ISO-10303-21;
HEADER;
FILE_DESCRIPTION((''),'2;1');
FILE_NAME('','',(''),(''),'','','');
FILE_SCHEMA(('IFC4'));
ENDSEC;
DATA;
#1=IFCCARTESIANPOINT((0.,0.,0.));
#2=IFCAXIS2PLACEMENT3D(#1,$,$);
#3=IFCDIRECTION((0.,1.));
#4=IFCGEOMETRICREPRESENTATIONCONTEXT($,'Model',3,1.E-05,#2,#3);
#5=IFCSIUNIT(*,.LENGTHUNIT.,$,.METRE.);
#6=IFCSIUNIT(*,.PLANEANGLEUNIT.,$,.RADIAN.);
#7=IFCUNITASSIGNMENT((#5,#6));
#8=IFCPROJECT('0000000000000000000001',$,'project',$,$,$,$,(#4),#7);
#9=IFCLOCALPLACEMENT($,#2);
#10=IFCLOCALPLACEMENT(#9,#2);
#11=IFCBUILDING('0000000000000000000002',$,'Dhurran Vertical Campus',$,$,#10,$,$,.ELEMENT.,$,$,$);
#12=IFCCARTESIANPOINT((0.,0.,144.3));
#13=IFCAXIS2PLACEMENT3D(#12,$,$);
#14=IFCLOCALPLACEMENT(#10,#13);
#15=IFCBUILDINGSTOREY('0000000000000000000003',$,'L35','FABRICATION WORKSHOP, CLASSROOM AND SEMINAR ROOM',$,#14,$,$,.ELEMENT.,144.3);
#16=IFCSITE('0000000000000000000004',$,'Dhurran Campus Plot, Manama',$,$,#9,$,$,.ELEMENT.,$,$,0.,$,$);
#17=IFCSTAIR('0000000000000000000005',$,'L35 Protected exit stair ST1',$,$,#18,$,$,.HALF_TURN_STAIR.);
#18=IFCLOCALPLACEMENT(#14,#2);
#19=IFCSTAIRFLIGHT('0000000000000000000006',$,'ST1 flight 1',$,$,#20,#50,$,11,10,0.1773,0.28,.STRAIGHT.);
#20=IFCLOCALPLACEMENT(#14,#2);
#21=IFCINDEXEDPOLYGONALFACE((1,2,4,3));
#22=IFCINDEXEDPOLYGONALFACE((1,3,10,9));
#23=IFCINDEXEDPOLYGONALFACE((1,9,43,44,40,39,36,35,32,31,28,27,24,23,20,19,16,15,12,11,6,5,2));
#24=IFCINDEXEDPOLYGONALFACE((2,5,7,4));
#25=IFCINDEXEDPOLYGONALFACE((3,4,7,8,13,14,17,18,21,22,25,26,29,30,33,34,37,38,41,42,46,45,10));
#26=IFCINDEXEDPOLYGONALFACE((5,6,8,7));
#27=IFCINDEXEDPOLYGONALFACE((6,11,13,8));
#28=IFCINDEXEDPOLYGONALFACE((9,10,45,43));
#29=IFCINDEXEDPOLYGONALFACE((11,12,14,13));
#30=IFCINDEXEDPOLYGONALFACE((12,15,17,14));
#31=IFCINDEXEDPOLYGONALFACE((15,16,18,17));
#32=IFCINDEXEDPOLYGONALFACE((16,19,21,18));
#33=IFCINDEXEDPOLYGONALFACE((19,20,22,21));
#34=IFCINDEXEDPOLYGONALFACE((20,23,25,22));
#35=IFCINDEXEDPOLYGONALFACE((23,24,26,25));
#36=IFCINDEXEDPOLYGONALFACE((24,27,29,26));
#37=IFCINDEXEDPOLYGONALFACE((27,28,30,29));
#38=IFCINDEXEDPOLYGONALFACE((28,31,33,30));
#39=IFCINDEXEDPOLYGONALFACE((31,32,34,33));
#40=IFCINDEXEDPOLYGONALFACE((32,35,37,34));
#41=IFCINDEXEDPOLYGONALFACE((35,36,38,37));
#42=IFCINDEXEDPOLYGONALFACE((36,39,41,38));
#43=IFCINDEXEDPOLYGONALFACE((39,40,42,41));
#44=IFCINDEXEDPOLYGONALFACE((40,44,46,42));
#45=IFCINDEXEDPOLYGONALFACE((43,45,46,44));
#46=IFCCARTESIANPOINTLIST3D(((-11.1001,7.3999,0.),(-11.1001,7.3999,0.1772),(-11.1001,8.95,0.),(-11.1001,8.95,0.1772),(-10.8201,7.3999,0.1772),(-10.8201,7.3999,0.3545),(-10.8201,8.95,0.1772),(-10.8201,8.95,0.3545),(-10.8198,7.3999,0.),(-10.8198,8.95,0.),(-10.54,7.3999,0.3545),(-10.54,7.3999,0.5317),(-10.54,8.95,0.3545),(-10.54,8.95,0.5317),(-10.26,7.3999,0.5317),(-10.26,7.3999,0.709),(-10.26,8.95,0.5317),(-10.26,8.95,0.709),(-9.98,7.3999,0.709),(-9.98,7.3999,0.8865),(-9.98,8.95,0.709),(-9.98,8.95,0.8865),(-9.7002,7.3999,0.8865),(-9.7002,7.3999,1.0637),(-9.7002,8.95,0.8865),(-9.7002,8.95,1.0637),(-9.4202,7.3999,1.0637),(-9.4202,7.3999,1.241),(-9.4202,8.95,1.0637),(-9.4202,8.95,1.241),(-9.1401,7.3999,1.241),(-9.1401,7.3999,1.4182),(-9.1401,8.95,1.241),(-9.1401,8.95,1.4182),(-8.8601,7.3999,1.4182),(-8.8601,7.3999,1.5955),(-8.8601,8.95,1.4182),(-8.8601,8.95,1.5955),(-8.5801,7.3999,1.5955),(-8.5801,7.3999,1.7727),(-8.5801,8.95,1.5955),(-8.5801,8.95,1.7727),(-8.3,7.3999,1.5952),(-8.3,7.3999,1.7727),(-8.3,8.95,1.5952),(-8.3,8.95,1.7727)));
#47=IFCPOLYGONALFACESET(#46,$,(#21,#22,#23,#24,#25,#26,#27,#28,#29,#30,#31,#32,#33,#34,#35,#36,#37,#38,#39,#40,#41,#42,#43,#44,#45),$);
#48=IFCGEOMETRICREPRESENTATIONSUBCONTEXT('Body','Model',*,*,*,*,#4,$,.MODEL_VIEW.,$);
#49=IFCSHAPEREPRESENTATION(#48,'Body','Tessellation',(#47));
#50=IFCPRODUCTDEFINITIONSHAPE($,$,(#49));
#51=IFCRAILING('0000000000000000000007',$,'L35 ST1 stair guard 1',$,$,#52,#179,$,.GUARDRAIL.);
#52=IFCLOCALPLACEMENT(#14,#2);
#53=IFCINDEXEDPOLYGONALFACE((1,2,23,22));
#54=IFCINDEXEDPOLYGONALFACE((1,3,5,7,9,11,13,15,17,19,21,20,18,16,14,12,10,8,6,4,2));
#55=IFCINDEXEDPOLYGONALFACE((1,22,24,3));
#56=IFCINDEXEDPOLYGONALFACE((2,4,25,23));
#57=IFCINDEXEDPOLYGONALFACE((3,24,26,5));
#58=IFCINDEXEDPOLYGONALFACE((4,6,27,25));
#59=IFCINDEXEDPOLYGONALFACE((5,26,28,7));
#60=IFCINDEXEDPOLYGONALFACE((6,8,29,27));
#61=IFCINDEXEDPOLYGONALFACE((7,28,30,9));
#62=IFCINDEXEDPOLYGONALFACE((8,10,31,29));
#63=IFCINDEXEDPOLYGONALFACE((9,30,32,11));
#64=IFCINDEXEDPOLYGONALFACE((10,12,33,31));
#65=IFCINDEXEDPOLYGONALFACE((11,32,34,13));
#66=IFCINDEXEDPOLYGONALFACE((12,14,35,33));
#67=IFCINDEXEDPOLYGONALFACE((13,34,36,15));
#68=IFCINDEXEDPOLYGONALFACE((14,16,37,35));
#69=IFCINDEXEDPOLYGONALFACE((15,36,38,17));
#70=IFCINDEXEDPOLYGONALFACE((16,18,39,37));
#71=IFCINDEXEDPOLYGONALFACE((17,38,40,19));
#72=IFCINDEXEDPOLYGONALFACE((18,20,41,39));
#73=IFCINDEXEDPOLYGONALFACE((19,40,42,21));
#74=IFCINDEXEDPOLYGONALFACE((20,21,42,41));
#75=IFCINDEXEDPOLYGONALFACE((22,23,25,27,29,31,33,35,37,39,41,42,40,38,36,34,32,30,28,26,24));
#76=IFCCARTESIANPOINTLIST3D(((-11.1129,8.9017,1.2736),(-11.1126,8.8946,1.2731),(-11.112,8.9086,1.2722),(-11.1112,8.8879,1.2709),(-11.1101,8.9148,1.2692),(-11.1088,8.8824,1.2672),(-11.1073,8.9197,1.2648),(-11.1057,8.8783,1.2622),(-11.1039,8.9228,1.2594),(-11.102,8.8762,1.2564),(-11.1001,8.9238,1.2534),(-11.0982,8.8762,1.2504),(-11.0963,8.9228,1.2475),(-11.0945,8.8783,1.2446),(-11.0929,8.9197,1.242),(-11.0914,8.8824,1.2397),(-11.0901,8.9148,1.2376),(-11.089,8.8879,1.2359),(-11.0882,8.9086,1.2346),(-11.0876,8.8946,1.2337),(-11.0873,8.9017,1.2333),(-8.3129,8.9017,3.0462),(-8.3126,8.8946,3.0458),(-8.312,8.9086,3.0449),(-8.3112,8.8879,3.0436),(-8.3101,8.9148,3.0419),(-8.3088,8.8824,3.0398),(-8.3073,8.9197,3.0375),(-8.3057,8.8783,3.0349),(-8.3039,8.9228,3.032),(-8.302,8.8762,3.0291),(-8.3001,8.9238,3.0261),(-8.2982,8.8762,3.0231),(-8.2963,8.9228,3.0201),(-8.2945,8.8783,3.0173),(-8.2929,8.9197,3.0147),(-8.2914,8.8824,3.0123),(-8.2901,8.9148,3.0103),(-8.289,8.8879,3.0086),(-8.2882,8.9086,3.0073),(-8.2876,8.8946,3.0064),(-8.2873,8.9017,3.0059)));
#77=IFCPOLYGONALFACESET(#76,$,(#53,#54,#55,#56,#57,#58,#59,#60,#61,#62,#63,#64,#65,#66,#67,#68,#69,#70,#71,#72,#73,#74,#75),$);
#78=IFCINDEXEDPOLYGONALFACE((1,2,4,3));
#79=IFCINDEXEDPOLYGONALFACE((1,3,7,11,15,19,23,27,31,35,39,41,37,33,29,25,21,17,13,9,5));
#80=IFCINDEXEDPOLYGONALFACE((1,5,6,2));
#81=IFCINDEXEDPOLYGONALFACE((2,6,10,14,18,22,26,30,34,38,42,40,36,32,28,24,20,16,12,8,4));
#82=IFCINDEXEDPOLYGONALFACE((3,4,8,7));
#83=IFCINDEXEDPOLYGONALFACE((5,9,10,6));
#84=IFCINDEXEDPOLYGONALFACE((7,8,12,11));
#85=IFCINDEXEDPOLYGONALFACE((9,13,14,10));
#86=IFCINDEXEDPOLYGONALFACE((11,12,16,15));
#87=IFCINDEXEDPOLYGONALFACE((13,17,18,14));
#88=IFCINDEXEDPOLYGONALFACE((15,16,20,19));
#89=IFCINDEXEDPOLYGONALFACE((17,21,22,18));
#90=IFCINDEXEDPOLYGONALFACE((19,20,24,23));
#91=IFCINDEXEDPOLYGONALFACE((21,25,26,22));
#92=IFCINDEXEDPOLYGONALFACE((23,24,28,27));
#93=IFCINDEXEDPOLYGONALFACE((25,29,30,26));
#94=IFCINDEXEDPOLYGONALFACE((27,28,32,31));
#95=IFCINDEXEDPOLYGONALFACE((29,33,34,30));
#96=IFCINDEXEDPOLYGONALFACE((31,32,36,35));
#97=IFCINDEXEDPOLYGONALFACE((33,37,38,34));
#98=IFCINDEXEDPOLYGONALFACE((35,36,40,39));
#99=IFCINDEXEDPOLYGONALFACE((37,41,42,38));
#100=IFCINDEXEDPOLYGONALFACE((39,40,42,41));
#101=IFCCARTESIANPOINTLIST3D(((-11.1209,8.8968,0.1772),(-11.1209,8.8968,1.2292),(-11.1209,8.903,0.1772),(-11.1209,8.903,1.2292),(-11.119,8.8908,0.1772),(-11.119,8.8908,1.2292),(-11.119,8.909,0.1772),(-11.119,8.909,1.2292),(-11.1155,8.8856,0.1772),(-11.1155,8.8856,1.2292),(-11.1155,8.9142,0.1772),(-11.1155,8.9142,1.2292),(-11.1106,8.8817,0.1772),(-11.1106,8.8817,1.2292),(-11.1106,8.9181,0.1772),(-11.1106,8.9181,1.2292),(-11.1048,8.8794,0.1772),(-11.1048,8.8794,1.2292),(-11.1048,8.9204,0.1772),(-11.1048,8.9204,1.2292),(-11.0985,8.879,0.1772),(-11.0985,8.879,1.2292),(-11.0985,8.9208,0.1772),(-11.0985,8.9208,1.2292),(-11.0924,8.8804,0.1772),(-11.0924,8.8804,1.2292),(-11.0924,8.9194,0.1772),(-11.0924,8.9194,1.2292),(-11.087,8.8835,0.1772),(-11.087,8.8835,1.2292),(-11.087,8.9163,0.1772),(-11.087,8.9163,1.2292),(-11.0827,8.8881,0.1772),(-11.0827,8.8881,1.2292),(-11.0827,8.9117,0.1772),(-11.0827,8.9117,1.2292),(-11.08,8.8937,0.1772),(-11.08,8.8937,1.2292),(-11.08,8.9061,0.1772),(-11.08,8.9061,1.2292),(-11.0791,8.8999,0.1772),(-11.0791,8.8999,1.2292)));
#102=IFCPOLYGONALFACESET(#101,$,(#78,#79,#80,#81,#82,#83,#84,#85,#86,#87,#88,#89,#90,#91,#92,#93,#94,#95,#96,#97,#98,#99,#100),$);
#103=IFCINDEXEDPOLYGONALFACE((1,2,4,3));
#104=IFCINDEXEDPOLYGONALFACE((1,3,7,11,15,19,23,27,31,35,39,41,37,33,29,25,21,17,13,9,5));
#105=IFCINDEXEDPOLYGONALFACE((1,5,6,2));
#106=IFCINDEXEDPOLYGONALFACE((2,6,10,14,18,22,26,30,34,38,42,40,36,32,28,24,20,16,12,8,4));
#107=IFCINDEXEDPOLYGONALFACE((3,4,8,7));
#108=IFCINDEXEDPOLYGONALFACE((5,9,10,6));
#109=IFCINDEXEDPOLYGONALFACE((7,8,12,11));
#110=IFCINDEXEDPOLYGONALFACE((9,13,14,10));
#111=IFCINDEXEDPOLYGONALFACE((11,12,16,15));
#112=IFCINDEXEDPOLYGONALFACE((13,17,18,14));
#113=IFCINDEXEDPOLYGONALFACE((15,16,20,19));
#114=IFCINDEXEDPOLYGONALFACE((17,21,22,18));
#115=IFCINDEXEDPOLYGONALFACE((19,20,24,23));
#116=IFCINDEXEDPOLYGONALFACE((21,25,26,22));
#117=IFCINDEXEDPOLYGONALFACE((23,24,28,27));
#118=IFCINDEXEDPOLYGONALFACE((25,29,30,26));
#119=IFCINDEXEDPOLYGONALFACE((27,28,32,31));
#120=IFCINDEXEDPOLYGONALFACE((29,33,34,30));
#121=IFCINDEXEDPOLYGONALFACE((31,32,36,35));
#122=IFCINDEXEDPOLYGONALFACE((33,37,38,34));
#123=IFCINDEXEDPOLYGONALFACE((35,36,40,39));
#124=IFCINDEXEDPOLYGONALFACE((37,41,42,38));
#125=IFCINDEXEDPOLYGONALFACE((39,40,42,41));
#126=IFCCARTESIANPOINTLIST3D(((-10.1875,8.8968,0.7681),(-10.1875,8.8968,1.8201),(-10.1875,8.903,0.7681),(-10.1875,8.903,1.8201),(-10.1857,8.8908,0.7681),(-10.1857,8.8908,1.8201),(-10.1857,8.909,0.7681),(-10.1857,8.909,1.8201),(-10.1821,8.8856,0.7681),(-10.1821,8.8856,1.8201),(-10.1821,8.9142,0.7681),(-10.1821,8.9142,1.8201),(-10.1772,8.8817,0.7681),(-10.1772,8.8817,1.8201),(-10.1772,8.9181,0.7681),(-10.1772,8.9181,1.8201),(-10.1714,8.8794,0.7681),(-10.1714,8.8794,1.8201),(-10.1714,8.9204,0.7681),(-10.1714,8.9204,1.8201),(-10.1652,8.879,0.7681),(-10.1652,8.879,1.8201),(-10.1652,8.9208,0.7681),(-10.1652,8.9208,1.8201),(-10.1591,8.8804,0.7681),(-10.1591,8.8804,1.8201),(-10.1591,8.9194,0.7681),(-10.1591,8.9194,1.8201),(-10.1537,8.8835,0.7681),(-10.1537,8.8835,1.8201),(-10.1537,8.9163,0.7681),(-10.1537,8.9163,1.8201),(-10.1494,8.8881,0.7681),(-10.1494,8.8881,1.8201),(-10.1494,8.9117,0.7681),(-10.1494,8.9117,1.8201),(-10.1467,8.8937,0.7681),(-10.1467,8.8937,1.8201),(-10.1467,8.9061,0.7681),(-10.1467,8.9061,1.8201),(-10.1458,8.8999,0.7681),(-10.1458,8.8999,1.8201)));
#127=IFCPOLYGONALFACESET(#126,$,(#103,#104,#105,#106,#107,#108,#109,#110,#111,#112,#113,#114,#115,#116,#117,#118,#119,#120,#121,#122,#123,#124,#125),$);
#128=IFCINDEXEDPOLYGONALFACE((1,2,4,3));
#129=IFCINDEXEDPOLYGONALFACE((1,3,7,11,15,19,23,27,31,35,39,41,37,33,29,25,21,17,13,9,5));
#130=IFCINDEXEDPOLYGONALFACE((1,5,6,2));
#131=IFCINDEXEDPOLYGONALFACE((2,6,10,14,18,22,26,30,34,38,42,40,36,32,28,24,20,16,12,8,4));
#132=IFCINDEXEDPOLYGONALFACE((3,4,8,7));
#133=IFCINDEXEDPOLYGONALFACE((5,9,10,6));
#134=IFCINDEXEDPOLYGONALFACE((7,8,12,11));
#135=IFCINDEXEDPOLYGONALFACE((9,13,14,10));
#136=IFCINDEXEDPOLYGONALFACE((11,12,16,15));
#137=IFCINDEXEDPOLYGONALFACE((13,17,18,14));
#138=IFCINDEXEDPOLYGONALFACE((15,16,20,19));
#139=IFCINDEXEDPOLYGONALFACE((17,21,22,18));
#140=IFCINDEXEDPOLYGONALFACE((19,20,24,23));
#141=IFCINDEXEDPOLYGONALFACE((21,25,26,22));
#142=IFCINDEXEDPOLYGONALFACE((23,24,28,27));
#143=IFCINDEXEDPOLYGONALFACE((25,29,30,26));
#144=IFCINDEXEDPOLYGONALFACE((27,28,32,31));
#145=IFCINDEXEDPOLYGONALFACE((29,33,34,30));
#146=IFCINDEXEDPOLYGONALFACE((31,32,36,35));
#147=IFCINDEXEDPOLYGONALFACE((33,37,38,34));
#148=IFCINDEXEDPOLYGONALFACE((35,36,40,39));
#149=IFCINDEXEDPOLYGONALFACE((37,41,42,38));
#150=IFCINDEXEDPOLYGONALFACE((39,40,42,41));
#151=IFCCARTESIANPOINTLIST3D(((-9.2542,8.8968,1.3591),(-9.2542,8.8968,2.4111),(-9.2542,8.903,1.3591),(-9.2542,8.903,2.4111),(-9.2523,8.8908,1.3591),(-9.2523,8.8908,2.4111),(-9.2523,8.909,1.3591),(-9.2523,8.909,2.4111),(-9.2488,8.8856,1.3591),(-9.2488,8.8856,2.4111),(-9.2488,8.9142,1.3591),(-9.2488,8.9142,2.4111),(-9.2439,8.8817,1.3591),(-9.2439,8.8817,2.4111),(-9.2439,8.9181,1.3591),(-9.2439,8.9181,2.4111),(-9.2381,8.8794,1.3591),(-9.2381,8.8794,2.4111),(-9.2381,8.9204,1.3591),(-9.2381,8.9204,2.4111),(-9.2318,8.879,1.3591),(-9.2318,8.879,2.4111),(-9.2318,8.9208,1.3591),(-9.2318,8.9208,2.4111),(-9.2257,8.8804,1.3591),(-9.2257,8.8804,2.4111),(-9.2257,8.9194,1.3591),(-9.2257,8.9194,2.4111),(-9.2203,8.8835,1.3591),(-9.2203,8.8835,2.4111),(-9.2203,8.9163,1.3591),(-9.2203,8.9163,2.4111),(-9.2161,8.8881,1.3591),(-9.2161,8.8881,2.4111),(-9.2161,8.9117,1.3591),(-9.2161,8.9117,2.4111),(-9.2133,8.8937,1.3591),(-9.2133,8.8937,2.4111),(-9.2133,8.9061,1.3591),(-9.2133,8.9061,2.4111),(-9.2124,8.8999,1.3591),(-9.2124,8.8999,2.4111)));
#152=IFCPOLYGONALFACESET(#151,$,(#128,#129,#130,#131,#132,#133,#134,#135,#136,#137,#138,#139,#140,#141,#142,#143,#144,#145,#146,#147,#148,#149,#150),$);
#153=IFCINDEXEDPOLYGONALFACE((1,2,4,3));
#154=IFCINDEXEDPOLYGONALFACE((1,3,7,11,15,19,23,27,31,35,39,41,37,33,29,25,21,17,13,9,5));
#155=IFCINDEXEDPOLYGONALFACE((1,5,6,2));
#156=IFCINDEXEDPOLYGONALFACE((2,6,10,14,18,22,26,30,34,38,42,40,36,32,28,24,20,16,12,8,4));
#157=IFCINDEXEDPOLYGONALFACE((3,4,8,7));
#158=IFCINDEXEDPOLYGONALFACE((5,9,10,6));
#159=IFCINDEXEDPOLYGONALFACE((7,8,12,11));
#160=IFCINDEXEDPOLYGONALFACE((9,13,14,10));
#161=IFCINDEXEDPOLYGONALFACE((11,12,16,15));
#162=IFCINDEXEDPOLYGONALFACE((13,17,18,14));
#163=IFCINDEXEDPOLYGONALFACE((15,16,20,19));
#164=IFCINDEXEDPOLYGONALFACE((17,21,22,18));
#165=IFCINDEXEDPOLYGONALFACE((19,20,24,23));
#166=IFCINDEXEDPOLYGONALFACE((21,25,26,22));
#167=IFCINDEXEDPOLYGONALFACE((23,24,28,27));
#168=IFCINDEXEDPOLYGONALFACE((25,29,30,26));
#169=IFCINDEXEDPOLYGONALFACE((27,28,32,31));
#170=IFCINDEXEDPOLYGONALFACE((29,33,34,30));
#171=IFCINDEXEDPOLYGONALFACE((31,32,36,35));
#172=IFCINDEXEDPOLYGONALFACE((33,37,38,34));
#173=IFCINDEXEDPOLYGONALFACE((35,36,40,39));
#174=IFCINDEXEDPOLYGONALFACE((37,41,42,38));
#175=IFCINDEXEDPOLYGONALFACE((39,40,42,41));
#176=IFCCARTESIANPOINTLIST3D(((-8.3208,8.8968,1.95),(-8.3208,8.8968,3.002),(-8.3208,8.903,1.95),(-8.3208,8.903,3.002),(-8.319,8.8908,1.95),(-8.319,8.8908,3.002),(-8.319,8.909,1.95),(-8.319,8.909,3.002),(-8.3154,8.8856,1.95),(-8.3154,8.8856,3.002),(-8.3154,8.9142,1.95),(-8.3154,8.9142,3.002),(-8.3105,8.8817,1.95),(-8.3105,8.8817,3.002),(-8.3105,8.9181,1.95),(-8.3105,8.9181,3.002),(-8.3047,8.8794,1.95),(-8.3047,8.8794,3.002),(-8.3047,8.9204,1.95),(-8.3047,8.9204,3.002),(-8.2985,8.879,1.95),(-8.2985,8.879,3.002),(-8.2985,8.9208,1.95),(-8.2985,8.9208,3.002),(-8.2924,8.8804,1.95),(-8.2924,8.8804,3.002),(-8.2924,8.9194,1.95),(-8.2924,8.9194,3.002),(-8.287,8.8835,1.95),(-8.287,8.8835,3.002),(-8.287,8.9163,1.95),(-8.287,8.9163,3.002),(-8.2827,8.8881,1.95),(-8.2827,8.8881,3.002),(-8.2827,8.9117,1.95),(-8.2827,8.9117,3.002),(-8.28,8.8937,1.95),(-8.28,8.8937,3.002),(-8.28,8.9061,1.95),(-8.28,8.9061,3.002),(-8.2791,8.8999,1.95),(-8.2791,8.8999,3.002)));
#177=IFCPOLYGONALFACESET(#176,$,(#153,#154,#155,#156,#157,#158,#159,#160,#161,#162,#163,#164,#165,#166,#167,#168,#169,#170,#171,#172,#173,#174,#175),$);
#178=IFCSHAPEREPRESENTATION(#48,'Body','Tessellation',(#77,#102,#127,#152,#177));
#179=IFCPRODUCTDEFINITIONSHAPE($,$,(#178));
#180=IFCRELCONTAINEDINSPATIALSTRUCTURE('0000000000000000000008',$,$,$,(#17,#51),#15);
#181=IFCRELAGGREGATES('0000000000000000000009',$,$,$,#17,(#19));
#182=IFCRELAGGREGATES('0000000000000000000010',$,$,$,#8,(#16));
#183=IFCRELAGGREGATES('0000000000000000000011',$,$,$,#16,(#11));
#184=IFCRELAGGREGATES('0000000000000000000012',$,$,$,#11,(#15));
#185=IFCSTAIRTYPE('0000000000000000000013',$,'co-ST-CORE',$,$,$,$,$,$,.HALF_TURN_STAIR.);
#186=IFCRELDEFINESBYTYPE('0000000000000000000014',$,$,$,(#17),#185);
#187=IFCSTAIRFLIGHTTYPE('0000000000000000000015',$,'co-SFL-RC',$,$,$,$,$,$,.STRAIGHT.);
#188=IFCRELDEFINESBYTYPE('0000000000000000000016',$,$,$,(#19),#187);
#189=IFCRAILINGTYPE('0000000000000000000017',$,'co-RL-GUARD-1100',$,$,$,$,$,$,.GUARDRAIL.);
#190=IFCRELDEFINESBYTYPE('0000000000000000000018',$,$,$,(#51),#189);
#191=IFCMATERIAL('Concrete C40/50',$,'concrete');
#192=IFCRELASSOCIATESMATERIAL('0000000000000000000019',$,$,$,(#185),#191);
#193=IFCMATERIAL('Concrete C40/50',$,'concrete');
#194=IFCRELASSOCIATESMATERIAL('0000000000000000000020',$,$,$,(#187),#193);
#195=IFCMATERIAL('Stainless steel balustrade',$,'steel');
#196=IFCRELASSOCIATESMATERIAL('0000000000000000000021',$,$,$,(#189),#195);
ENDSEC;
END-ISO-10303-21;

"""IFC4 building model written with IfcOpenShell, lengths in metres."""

from ifc_helpers import new_model, si_unit, direction, frame, origin, origin_2d, place, context, subcontext, project, spatial, polyline, circle, outline, extrude, material, type_object, element, aggregate, save


model = new_model("IFC4")

# Units and contexts
model_context = context("Model", 3, precision=1e-05, world=origin(), true_north=direction((0.0, 1.0)))
body_context = subcontext(model_context, "Body", "Model", "MODEL_VIEW")
ifc_project = project(units=[si_unit("LENGTHUNIT", "METRE"), si_unit("PLANEANGLEUNIT", "RADIAN")], contexts=[model_context])

# Site, building, storey
site_placement = place(None, origin())
site = spatial("IfcSite", under=ifc_project, at=site_placement, Name="Dhurran Campus Plot, Manama", CompositionType="ELEMENT", RefElevation=0.0)
building_placement = place(site_placement, origin())
building = spatial("IfcBuilding", under=site, at=building_placement, Name="Dhurran Vertical Campus", CompositionType="ELEMENT")
storey_placement = place(building_placement, frame((0.0, 0.0, 144.3)))
storey = spatial("IfcBuildingStorey", under=building, at=storey_placement, Name="L35", Description="FABRICATION WORKSHOP, CLASSROOM AND SEMINAR ROOM", CompositionType="ELEMENT", Elevation=144.3)

# Stair, stair flight
ifc_material_1 = material(Name="Concrete C40/50", Category="concrete")
stair_type = type_object("IfcStairType", Name="co-ST-CORE", PredefinedType="HALF_TURN_STAIR", material=ifc_material_1)
stair_placement = place(storey_placement, origin())
stair = element("IfcStair", 1, at=stair_placement, inside=storey, type_object=stair_type, Name="L35 Protected exit stair ST1", PredefinedType="HALF_TURN_STAIR")
ifc_material_2 = material(Name="Concrete C40/50", Category="concrete")
stair_flight_type = type_object("IfcStairFlightType", Name="co-SFL-RC", PredefinedType="STRAIGHT", material=ifc_material_2)
stair_flight_placement = place(storey_placement, frame((-11.1001, 8.175, 0.0), z_axis=(0.0, 0.0, 1.0), x_axis=(1.0, 0.0, 0.0)))
stair_flight = element("IfcStairFlight", 2, at=stair_flight_placement, type_object=stair_flight_type, Name="ST1 flight 1", NumberOfRisers=11, NumberOfTreads=10, PredefinedType="STRAIGHT", RiserHeight=0.1773, TreadLength=0.28, context=body_context, shape_type="SweptSolid", body=[
    extrude(outline(polyline([(0.0, 0.0), (0.0, 0.1772), (0.28, 0.1772), (0.28, 0.3545), (0.5601, 0.3545), (0.5601, 0.5317), (0.8401, 0.5317), (0.8401, 0.709), (1.1201, 0.709), (1.1201, 0.8865), (1.3999, 0.8865), (1.3999, 1.0637), (1.6799, 1.0637), (1.6799, 1.241), (1.96, 1.241), (1.96, 1.4182), (2.24, 1.4182), (2.24, 1.5955), (2.52, 1.5955), (2.52, 1.7727), (2.8, 1.7727), (2.8, 1.95), (2.8, 1.5952), (0.2803, 0.0), (0.0, 0.0)])), frame((0.0, 0.7749, 0.0), z_axis=(0.0, -1.0, 0.0), x_axis=(1.0, 0.0, 0.0)), (0.0, 0.0, 1.0), 1.55),
])
aggregate(stair, [stair_flight])

# Railing
ifc_material_3 = material(Name="Stainless steel balustrade", Category="steel")
railing_type_1 = type_object("IfcRailingType", Name="co-RL-GUARD-1100", PredefinedType="GUARDRAIL", material=ifc_material_3)
railing_1_placement = place(storey_placement, frame((-11.1001, 8.8999, 0.1772)))
element("IfcRailing", 3, at=railing_1_placement, inside=storey, type_object=railing_type_1, Name="L35 ST1 stair guard 1", PredefinedType="GUARDRAIL", context=body_context, shape_type="SweptSolid", body=[
    extrude(circle(Radius=0.0239, at=origin_2d()), frame((0.0, 0.0, 1.0762), z_axis=(0.844909, 0.0, 0.53491), x_axis=(0.0, 1.0, 0.0)), (0.0, 0.0, 1.0), 3.314),
    extrude(circle(Radius=0.021, at=origin_2d()), origin(), (0.0, 0.0, 1.0), 1.052),
    extrude(circle(Radius=0.021, at=origin_2d()), frame((0.9333, 0.0, 0.5908)), (0.0, 0.0, 1.0), 1.052),
    extrude(circle(Radius=0.021, at=origin_2d()), frame((1.8667, 0.0, 1.1819)), (0.0, 0.0, 1.0), 1.052),
    extrude(circle(Radius=0.021, at=origin_2d()), frame((2.8, 0.0, 1.7727)), (0.0, 0.0, 1.0), 1.052),
])

save(model, "model.ifc")
